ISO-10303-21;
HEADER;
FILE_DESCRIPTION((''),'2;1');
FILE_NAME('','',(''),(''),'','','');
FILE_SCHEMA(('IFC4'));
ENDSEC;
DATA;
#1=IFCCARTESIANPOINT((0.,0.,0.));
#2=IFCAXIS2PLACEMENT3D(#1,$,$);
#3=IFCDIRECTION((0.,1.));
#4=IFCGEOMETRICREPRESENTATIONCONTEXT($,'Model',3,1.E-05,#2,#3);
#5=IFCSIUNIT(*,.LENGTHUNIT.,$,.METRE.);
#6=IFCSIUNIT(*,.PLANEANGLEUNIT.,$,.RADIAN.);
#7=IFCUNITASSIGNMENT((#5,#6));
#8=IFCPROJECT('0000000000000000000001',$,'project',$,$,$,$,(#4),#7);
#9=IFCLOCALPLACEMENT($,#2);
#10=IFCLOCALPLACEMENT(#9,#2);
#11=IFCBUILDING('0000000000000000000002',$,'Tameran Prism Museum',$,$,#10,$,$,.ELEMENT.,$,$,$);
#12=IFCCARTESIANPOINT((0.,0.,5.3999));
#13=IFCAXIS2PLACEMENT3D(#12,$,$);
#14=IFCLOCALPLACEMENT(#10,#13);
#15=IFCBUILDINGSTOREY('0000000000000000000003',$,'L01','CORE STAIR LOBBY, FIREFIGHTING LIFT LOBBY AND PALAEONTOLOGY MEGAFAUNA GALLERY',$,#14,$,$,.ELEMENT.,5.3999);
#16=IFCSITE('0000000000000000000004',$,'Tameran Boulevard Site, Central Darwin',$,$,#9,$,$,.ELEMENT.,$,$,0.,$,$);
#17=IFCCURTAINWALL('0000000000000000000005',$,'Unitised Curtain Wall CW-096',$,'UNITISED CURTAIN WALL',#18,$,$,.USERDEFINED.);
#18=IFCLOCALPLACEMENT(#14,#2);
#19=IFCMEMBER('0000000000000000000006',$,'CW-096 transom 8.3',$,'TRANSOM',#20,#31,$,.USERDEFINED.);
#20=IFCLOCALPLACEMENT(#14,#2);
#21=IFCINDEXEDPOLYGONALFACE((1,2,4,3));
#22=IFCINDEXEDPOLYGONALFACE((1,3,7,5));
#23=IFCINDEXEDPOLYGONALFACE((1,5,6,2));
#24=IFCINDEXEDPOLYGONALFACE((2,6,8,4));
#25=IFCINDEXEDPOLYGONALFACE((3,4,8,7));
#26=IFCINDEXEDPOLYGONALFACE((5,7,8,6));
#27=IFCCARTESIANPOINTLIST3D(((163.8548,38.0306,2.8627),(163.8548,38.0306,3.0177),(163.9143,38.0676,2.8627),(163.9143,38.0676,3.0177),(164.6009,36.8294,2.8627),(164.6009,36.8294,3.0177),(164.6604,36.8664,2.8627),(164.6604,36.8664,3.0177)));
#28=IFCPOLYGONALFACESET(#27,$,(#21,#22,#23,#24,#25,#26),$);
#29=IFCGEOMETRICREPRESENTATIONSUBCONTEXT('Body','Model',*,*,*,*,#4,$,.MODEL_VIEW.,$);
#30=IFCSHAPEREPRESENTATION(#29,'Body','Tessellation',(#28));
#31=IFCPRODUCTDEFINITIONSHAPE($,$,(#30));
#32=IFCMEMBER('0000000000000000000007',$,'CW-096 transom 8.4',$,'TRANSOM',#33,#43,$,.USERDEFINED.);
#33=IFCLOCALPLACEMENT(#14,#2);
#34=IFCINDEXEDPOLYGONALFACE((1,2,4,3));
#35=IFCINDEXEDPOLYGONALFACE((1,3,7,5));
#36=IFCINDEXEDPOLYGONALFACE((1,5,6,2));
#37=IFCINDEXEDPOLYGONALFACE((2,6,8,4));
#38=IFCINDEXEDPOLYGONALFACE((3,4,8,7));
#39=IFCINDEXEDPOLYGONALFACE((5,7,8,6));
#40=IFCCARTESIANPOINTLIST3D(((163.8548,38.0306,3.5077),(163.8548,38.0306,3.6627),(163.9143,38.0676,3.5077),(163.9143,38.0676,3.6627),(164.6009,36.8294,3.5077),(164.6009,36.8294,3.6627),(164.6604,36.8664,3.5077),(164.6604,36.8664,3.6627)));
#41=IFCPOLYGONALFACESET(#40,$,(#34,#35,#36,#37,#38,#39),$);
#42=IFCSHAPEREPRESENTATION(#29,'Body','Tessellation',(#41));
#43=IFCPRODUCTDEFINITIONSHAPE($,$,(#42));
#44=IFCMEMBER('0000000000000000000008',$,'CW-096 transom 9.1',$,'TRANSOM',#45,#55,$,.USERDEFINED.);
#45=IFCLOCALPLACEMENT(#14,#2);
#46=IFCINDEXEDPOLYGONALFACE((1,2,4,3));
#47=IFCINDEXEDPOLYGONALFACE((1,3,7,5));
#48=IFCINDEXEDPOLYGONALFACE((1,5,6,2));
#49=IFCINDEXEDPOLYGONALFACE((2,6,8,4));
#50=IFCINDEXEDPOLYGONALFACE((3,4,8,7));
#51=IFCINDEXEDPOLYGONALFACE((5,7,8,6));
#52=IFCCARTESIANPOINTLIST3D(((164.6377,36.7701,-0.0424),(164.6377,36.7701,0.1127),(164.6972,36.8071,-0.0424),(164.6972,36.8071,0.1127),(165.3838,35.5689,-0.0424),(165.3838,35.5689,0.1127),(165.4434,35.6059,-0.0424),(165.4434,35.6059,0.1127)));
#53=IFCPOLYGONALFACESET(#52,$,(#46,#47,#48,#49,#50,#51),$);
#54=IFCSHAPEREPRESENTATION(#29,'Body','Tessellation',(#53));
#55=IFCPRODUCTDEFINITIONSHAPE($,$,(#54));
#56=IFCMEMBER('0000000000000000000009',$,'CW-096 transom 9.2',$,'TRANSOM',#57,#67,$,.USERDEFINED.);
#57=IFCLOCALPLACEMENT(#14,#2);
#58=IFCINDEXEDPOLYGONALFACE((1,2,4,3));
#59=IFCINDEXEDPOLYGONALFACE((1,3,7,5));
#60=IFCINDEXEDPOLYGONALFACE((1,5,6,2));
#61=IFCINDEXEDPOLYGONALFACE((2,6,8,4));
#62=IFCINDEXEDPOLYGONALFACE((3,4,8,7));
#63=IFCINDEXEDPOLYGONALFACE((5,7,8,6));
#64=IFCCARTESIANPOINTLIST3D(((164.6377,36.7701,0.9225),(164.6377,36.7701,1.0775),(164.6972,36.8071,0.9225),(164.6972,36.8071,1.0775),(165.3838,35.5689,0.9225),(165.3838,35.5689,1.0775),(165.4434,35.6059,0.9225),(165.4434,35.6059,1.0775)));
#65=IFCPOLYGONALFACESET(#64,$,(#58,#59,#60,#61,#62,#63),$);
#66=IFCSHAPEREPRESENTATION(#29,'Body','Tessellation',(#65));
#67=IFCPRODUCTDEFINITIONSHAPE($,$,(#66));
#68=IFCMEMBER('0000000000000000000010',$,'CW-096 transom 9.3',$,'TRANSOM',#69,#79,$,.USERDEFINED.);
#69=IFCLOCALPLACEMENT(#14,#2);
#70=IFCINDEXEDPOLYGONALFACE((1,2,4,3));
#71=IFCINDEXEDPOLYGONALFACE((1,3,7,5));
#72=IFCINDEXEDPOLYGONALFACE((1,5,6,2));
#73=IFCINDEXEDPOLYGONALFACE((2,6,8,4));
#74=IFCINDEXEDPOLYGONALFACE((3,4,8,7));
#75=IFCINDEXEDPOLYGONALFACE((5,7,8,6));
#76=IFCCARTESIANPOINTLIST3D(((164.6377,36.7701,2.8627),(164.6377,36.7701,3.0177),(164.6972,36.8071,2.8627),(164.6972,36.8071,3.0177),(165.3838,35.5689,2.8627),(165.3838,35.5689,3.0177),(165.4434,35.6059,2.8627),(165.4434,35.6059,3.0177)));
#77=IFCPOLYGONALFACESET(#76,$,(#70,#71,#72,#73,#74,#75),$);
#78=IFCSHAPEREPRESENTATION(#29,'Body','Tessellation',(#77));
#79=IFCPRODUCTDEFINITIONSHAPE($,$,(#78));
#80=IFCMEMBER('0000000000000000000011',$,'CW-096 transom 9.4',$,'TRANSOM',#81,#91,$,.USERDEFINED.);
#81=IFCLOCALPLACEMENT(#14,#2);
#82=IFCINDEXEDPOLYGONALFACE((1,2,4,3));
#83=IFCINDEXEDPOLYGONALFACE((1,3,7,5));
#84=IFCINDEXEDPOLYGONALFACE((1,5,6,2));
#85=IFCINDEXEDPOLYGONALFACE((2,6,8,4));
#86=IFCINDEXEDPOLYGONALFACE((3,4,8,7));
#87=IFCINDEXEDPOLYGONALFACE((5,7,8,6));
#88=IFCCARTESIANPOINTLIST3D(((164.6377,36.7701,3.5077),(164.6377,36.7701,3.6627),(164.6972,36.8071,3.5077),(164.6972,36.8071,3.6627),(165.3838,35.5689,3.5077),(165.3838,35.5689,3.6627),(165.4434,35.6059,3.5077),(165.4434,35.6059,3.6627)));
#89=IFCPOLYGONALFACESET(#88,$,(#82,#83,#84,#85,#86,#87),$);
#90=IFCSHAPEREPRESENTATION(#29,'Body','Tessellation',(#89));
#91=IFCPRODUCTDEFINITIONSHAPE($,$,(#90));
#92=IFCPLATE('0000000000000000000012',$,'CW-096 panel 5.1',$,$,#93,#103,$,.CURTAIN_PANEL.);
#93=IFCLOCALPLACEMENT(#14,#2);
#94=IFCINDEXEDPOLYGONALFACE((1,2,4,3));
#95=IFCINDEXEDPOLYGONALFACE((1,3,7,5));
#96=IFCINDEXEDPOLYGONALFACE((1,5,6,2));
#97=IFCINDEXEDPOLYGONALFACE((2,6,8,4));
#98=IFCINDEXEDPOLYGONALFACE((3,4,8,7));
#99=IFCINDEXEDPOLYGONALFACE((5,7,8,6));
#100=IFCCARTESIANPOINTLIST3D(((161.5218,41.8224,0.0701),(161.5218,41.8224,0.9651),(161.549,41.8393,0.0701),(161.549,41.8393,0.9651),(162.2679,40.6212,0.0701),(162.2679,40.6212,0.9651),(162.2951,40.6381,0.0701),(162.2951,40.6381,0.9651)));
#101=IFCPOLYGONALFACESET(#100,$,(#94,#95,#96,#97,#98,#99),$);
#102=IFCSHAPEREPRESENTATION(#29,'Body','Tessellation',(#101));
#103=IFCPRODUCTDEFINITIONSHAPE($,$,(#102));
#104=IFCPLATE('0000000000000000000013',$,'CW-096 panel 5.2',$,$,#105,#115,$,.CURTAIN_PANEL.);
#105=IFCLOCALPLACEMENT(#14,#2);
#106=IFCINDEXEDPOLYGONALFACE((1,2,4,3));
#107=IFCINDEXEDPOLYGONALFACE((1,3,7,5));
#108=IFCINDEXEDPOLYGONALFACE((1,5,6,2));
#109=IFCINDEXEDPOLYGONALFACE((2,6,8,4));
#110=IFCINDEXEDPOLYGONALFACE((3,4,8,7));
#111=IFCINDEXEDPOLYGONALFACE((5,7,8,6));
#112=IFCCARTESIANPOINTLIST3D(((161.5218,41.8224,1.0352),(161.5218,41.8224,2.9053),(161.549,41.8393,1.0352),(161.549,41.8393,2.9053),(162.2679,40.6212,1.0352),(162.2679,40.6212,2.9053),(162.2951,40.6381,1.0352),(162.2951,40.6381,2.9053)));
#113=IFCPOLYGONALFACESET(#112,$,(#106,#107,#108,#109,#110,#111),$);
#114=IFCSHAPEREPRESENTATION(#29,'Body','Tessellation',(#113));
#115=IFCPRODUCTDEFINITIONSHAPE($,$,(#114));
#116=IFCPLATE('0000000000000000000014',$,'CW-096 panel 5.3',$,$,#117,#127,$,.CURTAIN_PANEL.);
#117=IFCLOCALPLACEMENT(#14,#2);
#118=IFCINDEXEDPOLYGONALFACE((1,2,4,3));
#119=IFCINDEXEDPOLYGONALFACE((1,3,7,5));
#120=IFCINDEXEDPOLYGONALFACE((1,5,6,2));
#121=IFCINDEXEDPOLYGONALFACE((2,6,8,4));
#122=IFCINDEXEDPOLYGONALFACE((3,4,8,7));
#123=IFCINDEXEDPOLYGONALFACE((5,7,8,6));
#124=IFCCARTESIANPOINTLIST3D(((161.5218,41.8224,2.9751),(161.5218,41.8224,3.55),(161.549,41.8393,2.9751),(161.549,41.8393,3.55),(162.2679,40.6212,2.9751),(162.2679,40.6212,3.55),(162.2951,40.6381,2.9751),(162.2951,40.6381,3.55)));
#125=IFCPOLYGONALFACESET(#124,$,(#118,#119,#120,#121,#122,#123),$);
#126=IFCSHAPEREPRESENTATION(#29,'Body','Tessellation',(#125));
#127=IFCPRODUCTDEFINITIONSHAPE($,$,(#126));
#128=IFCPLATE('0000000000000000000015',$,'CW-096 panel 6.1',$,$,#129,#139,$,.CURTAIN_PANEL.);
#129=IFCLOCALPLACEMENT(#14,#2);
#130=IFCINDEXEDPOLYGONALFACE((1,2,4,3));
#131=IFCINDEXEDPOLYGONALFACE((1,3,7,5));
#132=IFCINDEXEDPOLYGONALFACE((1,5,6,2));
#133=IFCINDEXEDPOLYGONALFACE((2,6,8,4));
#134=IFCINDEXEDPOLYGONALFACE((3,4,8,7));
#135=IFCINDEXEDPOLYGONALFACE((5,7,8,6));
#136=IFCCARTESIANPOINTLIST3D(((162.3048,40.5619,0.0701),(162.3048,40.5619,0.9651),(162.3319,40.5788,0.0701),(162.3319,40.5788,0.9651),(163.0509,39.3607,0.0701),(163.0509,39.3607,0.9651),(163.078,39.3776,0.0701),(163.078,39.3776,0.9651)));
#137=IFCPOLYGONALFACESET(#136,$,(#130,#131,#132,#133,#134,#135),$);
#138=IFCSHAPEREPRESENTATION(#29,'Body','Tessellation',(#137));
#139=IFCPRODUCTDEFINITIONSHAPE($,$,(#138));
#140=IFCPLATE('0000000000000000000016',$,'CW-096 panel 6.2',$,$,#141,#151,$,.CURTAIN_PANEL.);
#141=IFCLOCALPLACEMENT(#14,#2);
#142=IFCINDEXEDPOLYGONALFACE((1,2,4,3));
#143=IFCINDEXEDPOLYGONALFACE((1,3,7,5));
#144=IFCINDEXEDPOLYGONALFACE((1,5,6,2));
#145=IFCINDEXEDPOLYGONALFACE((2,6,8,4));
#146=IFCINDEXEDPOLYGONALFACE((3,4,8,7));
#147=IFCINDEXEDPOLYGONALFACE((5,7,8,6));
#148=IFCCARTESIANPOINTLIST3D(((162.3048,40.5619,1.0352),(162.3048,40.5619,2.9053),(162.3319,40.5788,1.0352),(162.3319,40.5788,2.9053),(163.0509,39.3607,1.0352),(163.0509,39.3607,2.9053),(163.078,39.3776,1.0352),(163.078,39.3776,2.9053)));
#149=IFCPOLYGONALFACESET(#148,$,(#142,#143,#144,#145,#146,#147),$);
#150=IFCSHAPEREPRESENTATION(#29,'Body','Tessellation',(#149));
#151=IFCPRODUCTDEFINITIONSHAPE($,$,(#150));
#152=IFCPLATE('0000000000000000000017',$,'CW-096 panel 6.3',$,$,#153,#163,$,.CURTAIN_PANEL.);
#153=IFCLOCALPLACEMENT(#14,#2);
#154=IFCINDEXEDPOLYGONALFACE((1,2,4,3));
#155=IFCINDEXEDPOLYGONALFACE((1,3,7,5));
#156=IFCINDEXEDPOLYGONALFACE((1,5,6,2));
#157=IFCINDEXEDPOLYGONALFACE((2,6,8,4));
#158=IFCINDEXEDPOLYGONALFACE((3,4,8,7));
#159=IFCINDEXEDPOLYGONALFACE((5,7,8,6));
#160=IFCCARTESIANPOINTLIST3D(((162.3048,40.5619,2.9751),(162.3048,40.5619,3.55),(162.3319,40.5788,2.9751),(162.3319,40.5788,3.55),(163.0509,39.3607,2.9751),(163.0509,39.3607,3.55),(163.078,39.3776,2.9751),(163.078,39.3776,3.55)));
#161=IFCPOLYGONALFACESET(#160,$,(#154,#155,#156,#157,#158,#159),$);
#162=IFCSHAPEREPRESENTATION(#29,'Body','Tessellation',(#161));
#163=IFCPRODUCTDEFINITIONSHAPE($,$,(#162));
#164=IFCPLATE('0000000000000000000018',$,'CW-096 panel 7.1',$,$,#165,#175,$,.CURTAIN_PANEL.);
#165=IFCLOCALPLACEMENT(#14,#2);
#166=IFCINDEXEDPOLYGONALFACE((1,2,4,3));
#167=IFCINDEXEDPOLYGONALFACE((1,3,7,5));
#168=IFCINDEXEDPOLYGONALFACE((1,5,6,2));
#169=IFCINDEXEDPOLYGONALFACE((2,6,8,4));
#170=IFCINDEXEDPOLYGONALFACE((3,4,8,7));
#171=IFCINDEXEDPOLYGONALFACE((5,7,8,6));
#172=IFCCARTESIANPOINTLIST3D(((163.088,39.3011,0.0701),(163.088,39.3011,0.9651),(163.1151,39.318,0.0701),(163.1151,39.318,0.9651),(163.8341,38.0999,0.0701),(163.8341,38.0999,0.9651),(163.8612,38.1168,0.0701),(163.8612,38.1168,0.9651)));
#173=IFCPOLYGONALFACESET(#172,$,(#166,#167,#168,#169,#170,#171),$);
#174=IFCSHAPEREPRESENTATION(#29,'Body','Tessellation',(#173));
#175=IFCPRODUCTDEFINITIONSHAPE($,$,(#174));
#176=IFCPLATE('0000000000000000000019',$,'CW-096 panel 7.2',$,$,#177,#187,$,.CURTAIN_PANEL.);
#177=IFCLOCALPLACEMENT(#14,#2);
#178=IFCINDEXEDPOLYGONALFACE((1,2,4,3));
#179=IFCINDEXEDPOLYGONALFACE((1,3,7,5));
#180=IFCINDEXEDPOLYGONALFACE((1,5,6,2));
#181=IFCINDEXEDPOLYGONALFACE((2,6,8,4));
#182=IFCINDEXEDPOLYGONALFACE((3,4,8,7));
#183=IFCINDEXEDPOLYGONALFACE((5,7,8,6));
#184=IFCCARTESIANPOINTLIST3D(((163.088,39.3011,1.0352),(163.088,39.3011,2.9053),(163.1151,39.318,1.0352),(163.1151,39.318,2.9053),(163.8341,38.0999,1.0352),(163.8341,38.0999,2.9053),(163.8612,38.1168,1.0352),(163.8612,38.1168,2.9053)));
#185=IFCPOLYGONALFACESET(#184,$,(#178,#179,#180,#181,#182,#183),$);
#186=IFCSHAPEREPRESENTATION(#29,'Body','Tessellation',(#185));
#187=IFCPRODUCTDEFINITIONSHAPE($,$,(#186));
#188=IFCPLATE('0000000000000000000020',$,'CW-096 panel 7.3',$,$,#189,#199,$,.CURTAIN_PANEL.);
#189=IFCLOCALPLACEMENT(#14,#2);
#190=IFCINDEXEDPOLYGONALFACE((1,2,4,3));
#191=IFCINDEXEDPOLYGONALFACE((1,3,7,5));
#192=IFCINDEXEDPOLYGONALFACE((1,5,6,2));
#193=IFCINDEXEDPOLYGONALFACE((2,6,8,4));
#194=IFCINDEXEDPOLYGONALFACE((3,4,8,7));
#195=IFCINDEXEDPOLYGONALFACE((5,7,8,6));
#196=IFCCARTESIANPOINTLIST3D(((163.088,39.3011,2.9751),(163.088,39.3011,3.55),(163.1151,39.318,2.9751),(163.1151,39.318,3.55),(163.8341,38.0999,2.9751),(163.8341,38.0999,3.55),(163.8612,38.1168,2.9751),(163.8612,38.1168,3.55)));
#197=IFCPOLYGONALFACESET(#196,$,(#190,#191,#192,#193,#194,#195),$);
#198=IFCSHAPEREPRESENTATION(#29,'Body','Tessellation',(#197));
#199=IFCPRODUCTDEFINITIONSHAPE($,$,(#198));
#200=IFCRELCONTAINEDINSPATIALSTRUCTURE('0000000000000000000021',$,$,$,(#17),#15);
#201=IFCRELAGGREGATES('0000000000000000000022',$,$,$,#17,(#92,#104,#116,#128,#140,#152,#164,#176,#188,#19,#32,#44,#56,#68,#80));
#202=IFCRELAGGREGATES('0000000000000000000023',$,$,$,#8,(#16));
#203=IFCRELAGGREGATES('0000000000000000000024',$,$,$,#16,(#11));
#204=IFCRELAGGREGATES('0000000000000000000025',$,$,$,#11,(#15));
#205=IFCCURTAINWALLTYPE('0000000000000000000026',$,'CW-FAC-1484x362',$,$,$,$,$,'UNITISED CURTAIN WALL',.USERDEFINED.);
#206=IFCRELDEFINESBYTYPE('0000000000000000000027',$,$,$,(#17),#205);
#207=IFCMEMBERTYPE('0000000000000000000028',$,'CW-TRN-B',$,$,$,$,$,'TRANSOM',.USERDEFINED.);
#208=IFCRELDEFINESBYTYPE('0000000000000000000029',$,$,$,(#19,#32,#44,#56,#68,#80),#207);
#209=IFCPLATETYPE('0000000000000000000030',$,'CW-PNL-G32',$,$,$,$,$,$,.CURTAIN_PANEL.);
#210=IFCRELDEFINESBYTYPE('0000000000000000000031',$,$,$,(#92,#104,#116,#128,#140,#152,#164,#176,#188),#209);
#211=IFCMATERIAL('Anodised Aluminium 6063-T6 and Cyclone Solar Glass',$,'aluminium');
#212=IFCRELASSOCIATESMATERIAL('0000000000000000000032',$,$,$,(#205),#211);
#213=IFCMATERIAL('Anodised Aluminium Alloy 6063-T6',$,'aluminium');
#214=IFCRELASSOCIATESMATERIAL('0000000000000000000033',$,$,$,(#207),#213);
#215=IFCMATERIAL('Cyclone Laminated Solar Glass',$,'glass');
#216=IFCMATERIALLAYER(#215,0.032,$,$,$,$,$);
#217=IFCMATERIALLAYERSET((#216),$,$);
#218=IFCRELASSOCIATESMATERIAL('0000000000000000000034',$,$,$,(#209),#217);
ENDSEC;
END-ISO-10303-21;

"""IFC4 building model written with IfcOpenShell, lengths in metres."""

from ifc_helpers import new_model, si_unit, direction, frame, origin, origin_2d, place, context, subcontext, project, spatial, rectangle, extrude, material, layer, layer_set, material_profile, profile_set, type_object, element, aggregate, save


model = new_model("IFC4")

# Units and contexts
model_context = context("Model", 3, precision=1e-05, world=origin(), true_north=direction((0.0, 1.0)))
body_context = subcontext(model_context, "Body", "Model", "MODEL_VIEW")
ifc_project = project(units=[si_unit("LENGTHUNIT", "METRE"), si_unit("PLANEANGLEUNIT", "RADIAN")], contexts=[model_context])

# Site, building, storey
site_placement = place(None, origin())
site = spatial("IfcSite", under=ifc_project, at=site_placement, Name="Tameran Boulevard Site, Central Darwin", CompositionType="ELEMENT", RefElevation=0.0)
building_placement = place(site_placement, origin())
building = spatial("IfcBuilding", under=site, at=building_placement, Name="Tameran Prism Museum", CompositionType="ELEMENT")
storey_placement = place(building_placement, frame((0.0, 0.0, 5.3999)))
storey = spatial("IfcBuildingStorey", under=building, at=storey_placement, Name="L01", Description="CORE STAIR LOBBY, FIREFIGHTING LIFT LOBBY AND PALAEONTOLOGY MEGAFAUNA GALLERY", CompositionType="ELEMENT", Elevation=5.3999)

# Curtain wall, members, plates
ifc_material_1 = material(Name="Anodised Aluminium 6063-T6 and Cyclone Solar Glass", Category="aluminium")
curtain_wall_type = type_object("IfcCurtainWallType", Name="CW-FAC-1484x362", ElementType="UNITISED CURTAIN WALL", PredefinedType="USERDEFINED", material=ifc_material_1)
curtain_wall_placement = place(storey_placement, origin())
curtain_wall = element("IfcCurtainWall", 1, at=curtain_wall_placement, inside=storey, type_object=curtain_wall_type, Name="Unitised Curtain Wall CW-096", ObjectType="UNITISED CURTAIN WALL", PredefinedType="USERDEFINED")
ifc_material_2 = material(Name="Anodised Aluminium Alloy 6063-T6", Category="aluminium")
ifc_material_profile_1 = material_profile(ifc_material_2, rectangle(XDim=0.0701, YDim=0.155, at=origin_2d()))
ifc_profile_set_1 = profile_set([ifc_material_profile_1])
member_type_1 = type_object("IfcMemberType", Name="CW-TRN-B", ElementType="TRANSOM", PredefinedType="USERDEFINED", material=ifc_profile_set_1)
member_1_placement = place(storey_placement, frame((163.8845, 38.0491, 2.9402), z_axis=(0.527638, -0.849469, 0.0), x_axis=(0.849469, 0.527638, 0.0)))
member_1 = element("IfcMember", 2, at=member_1_placement, type_object=member_type_1, Name="CW-096 transom 8.3", ObjectType="TRANSOM", PredefinedType="USERDEFINED", context=body_context, shape_type="SweptSolid", body=[
    extrude(rectangle(XDim=0.0701, YDim=0.155, at=origin_2d()), origin(), (0.0, 0.0, 1.0), 1.4141),
])
member_2_placement = place(storey_placement, frame((163.8845, 38.0491, 3.5852), z_axis=(0.527638, -0.849469, 0.0), x_axis=(0.849469, 0.527638, 0.0)))
member_2 = element("IfcMember", 3, at=member_2_placement, type_object=member_type_1, Name="CW-096 transom 8.4", ObjectType="TRANSOM", PredefinedType="USERDEFINED", context=body_context, shape_type="SweptSolid", body=[
    extrude(rectangle(XDim=0.0701, YDim=0.155, at=origin_2d()), origin(), (0.0, 0.0, 1.0), 1.4141),
])
member_3_placement = place(storey_placement, frame((164.6675, 36.7886, 0.0352), z_axis=(0.527638, -0.849469, 0.0), x_axis=(0.849469, 0.527638, 0.0)))
member_3 = element("IfcMember", 4, at=member_3_placement, type_object=member_type_1, Name="CW-096 transom 9.1", ObjectType="TRANSOM", PredefinedType="USERDEFINED", context=body_context, shape_type="SweptSolid", body=[
    extrude(rectangle(XDim=0.0701, YDim=0.155, at=origin_2d()), origin(), (0.0, 0.0, 1.0), 1.4141),
])
member_4_placement = place(storey_placement, frame((164.6675, 36.7886, 1.0), z_axis=(0.527638, -0.849469, 0.0), x_axis=(0.849469, 0.527638, 0.0)))
member_4 = element("IfcMember", 5, at=member_4_placement, type_object=member_type_1, Name="CW-096 transom 9.2", ObjectType="TRANSOM", PredefinedType="USERDEFINED", context=body_context, shape_type="SweptSolid", body=[
    extrude(rectangle(XDim=0.0701, YDim=0.155, at=origin_2d()), origin(), (0.0, 0.0, 1.0), 1.4141),
])
member_5_placement = place(storey_placement, frame((164.6675, 36.7886, 2.9402), z_axis=(0.527638, -0.849469, 0.0), x_axis=(0.849469, 0.527638, 0.0)))
member_5 = element("IfcMember", 6, at=member_5_placement, type_object=member_type_1, Name="CW-096 transom 9.3", ObjectType="TRANSOM", PredefinedType="USERDEFINED", context=body_context, shape_type="SweptSolid", body=[
    extrude(rectangle(XDim=0.0701, YDim=0.155, at=origin_2d()), origin(), (0.0, 0.0, 1.0), 1.4141),
])
member_6_placement = place(storey_placement, frame((164.6675, 36.7886, 3.5852), z_axis=(0.527638, -0.849469, 0.0), x_axis=(0.849469, 0.527638, 0.0)))
member_6 = element("IfcMember", 7, at=member_6_placement, type_object=member_type_1, Name="CW-096 transom 9.4", ObjectType="TRANSOM", PredefinedType="USERDEFINED", context=body_context, shape_type="SweptSolid", body=[
    extrude(rectangle(XDim=0.0701, YDim=0.155, at=origin_2d()), origin(), (0.0, 0.0, 1.0), 1.4141),
])
ifc_material_3 = material(Name="Cyclone Laminated Solar Glass", Category="glass")
ifc_layer = layer(ifc_material_3, 0.032)
ifc_layer_set = layer_set([ifc_layer])
plate_type = type_object("IfcPlateType", Name="CW-PNL-G32", PredefinedType="CURTAIN_PANEL", material=ifc_layer_set)
plate_1_placement = place(storey_placement, frame((161.9084, 41.2302, 0.0701), z_axis=(0.0, 0.0, 1.0), x_axis=(0.527635, -0.849471, 0.0)))
plate_1 = element("IfcPlate", 8, at=plate_1_placement, type_object=plate_type, Name="CW-096 panel 5.1", PredefinedType="CURTAIN_PANEL", context=body_context, shape_type="SweptSolid", body=[
    extrude(rectangle(XDim=1.4141, YDim=0.032, at=origin_2d()), origin(), (0.0, 0.0, 1.0), 0.895),
])
plate_2_placement = place(storey_placement, frame((161.9084, 41.2302, 1.0352), z_axis=(0.0, 0.0, 1.0), x_axis=(0.527635, -0.849471, 0.0)))
plate_2 = element("IfcPlate", 9, at=plate_2_placement, type_object=plate_type, Name="CW-096 panel 5.2", PredefinedType="CURTAIN_PANEL", context=body_context, shape_type="SweptSolid", body=[
    extrude(rectangle(XDim=1.4141, YDim=0.032, at=origin_2d()), origin(), (0.0, 0.0, 1.0), 1.8701),
])
plate_3_placement = place(storey_placement, frame((161.9084, 41.2302, 2.9751), z_axis=(0.0, 0.0, 1.0), x_axis=(0.527635, -0.849471, 0.0)))
plate_3 = element("IfcPlate", 10, at=plate_3_placement, type_object=plate_type, Name="CW-096 panel 5.3", PredefinedType="CURTAIN_PANEL", context=body_context, shape_type="SweptSolid", body=[
    extrude(rectangle(XDim=1.4141, YDim=0.032, at=origin_2d()), origin(), (0.0, 0.0, 1.0), 0.575),
])
plate_4_placement = place(storey_placement, frame((162.6914, 39.9697, 0.0701), z_axis=(0.0, 0.0, 1.0), x_axis=(0.527635, -0.849471, 0.0)))
plate_4 = element("IfcPlate", 11, at=plate_4_placement, type_object=plate_type, Name="CW-096 panel 6.1", PredefinedType="CURTAIN_PANEL", context=body_context, shape_type="SweptSolid", body=[
    extrude(rectangle(XDim=1.4141, YDim=0.032, at=origin_2d()), origin(), (0.0, 0.0, 1.0), 0.895),
])
plate_5_placement = place(storey_placement, frame((162.6914, 39.9697, 1.0352), z_axis=(0.0, 0.0, 1.0), x_axis=(0.527635, -0.849471, 0.0)))
plate_5 = element("IfcPlate", 12, at=plate_5_placement, type_object=plate_type, Name="CW-096 panel 6.2", PredefinedType="CURTAIN_PANEL", context=body_context, shape_type="SweptSolid", body=[
    extrude(rectangle(XDim=1.4141, YDim=0.032, at=origin_2d()), origin(), (0.0, 0.0, 1.0), 1.8701),
])
plate_6_placement = place(storey_placement, frame((162.6914, 39.9697, 2.9751), z_axis=(0.0, 0.0, 1.0), x_axis=(0.527635, -0.849471, 0.0)))
plate_6 = element("IfcPlate", 13, at=plate_6_placement, type_object=plate_type, Name="CW-096 panel 6.3", PredefinedType="CURTAIN_PANEL", context=body_context, shape_type="SweptSolid", body=[
    extrude(rectangle(XDim=1.4141, YDim=0.032, at=origin_2d()), origin(), (0.0, 0.0, 1.0), 0.575),
])
plate_7_placement = place(storey_placement, frame((163.4746, 38.709, 0.0701), z_axis=(0.0, 0.0, 1.0), x_axis=(0.527635, -0.849471, 0.0)))
plate_7 = element("IfcPlate", 14, at=plate_7_placement, type_object=plate_type, Name="CW-096 panel 7.1", PredefinedType="CURTAIN_PANEL", context=body_context, shape_type="SweptSolid", body=[
    extrude(rectangle(XDim=1.4141, YDim=0.032, at=origin_2d()), origin(), (0.0, 0.0, 1.0), 0.895),
])
plate_8_placement = place(storey_placement, frame((163.4746, 38.709, 1.0352), z_axis=(0.0, 0.0, 1.0), x_axis=(0.527635, -0.849471, 0.0)))
plate_8 = element("IfcPlate", 15, at=plate_8_placement, type_object=plate_type, Name="CW-096 panel 7.2", PredefinedType="CURTAIN_PANEL", context=body_context, shape_type="SweptSolid", body=[
    extrude(rectangle(XDim=1.4141, YDim=0.032, at=origin_2d()), origin(), (0.0, 0.0, 1.0), 1.8701),
])
plate_9_placement = place(storey_placement, frame((163.4746, 38.709, 2.9751), z_axis=(0.0, 0.0, 1.0), x_axis=(0.527635, -0.849471, 0.0)))
plate_9 = element("IfcPlate", 16, at=plate_9_placement, type_object=plate_type, Name="CW-096 panel 7.3", PredefinedType="CURTAIN_PANEL", context=body_context, shape_type="SweptSolid", body=[
    extrude(rectangle(XDim=1.4141, YDim=0.032, at=origin_2d()), origin(), (0.0, 0.0, 1.0), 0.575),
])
aggregate(curtain_wall, [plate_1, plate_2, plate_3, plate_4, plate_5, plate_6, plate_7, plate_8, plate_9, member_1, member_2, member_3, member_4, member_5, member_6])

save(model, "model.ifc")
